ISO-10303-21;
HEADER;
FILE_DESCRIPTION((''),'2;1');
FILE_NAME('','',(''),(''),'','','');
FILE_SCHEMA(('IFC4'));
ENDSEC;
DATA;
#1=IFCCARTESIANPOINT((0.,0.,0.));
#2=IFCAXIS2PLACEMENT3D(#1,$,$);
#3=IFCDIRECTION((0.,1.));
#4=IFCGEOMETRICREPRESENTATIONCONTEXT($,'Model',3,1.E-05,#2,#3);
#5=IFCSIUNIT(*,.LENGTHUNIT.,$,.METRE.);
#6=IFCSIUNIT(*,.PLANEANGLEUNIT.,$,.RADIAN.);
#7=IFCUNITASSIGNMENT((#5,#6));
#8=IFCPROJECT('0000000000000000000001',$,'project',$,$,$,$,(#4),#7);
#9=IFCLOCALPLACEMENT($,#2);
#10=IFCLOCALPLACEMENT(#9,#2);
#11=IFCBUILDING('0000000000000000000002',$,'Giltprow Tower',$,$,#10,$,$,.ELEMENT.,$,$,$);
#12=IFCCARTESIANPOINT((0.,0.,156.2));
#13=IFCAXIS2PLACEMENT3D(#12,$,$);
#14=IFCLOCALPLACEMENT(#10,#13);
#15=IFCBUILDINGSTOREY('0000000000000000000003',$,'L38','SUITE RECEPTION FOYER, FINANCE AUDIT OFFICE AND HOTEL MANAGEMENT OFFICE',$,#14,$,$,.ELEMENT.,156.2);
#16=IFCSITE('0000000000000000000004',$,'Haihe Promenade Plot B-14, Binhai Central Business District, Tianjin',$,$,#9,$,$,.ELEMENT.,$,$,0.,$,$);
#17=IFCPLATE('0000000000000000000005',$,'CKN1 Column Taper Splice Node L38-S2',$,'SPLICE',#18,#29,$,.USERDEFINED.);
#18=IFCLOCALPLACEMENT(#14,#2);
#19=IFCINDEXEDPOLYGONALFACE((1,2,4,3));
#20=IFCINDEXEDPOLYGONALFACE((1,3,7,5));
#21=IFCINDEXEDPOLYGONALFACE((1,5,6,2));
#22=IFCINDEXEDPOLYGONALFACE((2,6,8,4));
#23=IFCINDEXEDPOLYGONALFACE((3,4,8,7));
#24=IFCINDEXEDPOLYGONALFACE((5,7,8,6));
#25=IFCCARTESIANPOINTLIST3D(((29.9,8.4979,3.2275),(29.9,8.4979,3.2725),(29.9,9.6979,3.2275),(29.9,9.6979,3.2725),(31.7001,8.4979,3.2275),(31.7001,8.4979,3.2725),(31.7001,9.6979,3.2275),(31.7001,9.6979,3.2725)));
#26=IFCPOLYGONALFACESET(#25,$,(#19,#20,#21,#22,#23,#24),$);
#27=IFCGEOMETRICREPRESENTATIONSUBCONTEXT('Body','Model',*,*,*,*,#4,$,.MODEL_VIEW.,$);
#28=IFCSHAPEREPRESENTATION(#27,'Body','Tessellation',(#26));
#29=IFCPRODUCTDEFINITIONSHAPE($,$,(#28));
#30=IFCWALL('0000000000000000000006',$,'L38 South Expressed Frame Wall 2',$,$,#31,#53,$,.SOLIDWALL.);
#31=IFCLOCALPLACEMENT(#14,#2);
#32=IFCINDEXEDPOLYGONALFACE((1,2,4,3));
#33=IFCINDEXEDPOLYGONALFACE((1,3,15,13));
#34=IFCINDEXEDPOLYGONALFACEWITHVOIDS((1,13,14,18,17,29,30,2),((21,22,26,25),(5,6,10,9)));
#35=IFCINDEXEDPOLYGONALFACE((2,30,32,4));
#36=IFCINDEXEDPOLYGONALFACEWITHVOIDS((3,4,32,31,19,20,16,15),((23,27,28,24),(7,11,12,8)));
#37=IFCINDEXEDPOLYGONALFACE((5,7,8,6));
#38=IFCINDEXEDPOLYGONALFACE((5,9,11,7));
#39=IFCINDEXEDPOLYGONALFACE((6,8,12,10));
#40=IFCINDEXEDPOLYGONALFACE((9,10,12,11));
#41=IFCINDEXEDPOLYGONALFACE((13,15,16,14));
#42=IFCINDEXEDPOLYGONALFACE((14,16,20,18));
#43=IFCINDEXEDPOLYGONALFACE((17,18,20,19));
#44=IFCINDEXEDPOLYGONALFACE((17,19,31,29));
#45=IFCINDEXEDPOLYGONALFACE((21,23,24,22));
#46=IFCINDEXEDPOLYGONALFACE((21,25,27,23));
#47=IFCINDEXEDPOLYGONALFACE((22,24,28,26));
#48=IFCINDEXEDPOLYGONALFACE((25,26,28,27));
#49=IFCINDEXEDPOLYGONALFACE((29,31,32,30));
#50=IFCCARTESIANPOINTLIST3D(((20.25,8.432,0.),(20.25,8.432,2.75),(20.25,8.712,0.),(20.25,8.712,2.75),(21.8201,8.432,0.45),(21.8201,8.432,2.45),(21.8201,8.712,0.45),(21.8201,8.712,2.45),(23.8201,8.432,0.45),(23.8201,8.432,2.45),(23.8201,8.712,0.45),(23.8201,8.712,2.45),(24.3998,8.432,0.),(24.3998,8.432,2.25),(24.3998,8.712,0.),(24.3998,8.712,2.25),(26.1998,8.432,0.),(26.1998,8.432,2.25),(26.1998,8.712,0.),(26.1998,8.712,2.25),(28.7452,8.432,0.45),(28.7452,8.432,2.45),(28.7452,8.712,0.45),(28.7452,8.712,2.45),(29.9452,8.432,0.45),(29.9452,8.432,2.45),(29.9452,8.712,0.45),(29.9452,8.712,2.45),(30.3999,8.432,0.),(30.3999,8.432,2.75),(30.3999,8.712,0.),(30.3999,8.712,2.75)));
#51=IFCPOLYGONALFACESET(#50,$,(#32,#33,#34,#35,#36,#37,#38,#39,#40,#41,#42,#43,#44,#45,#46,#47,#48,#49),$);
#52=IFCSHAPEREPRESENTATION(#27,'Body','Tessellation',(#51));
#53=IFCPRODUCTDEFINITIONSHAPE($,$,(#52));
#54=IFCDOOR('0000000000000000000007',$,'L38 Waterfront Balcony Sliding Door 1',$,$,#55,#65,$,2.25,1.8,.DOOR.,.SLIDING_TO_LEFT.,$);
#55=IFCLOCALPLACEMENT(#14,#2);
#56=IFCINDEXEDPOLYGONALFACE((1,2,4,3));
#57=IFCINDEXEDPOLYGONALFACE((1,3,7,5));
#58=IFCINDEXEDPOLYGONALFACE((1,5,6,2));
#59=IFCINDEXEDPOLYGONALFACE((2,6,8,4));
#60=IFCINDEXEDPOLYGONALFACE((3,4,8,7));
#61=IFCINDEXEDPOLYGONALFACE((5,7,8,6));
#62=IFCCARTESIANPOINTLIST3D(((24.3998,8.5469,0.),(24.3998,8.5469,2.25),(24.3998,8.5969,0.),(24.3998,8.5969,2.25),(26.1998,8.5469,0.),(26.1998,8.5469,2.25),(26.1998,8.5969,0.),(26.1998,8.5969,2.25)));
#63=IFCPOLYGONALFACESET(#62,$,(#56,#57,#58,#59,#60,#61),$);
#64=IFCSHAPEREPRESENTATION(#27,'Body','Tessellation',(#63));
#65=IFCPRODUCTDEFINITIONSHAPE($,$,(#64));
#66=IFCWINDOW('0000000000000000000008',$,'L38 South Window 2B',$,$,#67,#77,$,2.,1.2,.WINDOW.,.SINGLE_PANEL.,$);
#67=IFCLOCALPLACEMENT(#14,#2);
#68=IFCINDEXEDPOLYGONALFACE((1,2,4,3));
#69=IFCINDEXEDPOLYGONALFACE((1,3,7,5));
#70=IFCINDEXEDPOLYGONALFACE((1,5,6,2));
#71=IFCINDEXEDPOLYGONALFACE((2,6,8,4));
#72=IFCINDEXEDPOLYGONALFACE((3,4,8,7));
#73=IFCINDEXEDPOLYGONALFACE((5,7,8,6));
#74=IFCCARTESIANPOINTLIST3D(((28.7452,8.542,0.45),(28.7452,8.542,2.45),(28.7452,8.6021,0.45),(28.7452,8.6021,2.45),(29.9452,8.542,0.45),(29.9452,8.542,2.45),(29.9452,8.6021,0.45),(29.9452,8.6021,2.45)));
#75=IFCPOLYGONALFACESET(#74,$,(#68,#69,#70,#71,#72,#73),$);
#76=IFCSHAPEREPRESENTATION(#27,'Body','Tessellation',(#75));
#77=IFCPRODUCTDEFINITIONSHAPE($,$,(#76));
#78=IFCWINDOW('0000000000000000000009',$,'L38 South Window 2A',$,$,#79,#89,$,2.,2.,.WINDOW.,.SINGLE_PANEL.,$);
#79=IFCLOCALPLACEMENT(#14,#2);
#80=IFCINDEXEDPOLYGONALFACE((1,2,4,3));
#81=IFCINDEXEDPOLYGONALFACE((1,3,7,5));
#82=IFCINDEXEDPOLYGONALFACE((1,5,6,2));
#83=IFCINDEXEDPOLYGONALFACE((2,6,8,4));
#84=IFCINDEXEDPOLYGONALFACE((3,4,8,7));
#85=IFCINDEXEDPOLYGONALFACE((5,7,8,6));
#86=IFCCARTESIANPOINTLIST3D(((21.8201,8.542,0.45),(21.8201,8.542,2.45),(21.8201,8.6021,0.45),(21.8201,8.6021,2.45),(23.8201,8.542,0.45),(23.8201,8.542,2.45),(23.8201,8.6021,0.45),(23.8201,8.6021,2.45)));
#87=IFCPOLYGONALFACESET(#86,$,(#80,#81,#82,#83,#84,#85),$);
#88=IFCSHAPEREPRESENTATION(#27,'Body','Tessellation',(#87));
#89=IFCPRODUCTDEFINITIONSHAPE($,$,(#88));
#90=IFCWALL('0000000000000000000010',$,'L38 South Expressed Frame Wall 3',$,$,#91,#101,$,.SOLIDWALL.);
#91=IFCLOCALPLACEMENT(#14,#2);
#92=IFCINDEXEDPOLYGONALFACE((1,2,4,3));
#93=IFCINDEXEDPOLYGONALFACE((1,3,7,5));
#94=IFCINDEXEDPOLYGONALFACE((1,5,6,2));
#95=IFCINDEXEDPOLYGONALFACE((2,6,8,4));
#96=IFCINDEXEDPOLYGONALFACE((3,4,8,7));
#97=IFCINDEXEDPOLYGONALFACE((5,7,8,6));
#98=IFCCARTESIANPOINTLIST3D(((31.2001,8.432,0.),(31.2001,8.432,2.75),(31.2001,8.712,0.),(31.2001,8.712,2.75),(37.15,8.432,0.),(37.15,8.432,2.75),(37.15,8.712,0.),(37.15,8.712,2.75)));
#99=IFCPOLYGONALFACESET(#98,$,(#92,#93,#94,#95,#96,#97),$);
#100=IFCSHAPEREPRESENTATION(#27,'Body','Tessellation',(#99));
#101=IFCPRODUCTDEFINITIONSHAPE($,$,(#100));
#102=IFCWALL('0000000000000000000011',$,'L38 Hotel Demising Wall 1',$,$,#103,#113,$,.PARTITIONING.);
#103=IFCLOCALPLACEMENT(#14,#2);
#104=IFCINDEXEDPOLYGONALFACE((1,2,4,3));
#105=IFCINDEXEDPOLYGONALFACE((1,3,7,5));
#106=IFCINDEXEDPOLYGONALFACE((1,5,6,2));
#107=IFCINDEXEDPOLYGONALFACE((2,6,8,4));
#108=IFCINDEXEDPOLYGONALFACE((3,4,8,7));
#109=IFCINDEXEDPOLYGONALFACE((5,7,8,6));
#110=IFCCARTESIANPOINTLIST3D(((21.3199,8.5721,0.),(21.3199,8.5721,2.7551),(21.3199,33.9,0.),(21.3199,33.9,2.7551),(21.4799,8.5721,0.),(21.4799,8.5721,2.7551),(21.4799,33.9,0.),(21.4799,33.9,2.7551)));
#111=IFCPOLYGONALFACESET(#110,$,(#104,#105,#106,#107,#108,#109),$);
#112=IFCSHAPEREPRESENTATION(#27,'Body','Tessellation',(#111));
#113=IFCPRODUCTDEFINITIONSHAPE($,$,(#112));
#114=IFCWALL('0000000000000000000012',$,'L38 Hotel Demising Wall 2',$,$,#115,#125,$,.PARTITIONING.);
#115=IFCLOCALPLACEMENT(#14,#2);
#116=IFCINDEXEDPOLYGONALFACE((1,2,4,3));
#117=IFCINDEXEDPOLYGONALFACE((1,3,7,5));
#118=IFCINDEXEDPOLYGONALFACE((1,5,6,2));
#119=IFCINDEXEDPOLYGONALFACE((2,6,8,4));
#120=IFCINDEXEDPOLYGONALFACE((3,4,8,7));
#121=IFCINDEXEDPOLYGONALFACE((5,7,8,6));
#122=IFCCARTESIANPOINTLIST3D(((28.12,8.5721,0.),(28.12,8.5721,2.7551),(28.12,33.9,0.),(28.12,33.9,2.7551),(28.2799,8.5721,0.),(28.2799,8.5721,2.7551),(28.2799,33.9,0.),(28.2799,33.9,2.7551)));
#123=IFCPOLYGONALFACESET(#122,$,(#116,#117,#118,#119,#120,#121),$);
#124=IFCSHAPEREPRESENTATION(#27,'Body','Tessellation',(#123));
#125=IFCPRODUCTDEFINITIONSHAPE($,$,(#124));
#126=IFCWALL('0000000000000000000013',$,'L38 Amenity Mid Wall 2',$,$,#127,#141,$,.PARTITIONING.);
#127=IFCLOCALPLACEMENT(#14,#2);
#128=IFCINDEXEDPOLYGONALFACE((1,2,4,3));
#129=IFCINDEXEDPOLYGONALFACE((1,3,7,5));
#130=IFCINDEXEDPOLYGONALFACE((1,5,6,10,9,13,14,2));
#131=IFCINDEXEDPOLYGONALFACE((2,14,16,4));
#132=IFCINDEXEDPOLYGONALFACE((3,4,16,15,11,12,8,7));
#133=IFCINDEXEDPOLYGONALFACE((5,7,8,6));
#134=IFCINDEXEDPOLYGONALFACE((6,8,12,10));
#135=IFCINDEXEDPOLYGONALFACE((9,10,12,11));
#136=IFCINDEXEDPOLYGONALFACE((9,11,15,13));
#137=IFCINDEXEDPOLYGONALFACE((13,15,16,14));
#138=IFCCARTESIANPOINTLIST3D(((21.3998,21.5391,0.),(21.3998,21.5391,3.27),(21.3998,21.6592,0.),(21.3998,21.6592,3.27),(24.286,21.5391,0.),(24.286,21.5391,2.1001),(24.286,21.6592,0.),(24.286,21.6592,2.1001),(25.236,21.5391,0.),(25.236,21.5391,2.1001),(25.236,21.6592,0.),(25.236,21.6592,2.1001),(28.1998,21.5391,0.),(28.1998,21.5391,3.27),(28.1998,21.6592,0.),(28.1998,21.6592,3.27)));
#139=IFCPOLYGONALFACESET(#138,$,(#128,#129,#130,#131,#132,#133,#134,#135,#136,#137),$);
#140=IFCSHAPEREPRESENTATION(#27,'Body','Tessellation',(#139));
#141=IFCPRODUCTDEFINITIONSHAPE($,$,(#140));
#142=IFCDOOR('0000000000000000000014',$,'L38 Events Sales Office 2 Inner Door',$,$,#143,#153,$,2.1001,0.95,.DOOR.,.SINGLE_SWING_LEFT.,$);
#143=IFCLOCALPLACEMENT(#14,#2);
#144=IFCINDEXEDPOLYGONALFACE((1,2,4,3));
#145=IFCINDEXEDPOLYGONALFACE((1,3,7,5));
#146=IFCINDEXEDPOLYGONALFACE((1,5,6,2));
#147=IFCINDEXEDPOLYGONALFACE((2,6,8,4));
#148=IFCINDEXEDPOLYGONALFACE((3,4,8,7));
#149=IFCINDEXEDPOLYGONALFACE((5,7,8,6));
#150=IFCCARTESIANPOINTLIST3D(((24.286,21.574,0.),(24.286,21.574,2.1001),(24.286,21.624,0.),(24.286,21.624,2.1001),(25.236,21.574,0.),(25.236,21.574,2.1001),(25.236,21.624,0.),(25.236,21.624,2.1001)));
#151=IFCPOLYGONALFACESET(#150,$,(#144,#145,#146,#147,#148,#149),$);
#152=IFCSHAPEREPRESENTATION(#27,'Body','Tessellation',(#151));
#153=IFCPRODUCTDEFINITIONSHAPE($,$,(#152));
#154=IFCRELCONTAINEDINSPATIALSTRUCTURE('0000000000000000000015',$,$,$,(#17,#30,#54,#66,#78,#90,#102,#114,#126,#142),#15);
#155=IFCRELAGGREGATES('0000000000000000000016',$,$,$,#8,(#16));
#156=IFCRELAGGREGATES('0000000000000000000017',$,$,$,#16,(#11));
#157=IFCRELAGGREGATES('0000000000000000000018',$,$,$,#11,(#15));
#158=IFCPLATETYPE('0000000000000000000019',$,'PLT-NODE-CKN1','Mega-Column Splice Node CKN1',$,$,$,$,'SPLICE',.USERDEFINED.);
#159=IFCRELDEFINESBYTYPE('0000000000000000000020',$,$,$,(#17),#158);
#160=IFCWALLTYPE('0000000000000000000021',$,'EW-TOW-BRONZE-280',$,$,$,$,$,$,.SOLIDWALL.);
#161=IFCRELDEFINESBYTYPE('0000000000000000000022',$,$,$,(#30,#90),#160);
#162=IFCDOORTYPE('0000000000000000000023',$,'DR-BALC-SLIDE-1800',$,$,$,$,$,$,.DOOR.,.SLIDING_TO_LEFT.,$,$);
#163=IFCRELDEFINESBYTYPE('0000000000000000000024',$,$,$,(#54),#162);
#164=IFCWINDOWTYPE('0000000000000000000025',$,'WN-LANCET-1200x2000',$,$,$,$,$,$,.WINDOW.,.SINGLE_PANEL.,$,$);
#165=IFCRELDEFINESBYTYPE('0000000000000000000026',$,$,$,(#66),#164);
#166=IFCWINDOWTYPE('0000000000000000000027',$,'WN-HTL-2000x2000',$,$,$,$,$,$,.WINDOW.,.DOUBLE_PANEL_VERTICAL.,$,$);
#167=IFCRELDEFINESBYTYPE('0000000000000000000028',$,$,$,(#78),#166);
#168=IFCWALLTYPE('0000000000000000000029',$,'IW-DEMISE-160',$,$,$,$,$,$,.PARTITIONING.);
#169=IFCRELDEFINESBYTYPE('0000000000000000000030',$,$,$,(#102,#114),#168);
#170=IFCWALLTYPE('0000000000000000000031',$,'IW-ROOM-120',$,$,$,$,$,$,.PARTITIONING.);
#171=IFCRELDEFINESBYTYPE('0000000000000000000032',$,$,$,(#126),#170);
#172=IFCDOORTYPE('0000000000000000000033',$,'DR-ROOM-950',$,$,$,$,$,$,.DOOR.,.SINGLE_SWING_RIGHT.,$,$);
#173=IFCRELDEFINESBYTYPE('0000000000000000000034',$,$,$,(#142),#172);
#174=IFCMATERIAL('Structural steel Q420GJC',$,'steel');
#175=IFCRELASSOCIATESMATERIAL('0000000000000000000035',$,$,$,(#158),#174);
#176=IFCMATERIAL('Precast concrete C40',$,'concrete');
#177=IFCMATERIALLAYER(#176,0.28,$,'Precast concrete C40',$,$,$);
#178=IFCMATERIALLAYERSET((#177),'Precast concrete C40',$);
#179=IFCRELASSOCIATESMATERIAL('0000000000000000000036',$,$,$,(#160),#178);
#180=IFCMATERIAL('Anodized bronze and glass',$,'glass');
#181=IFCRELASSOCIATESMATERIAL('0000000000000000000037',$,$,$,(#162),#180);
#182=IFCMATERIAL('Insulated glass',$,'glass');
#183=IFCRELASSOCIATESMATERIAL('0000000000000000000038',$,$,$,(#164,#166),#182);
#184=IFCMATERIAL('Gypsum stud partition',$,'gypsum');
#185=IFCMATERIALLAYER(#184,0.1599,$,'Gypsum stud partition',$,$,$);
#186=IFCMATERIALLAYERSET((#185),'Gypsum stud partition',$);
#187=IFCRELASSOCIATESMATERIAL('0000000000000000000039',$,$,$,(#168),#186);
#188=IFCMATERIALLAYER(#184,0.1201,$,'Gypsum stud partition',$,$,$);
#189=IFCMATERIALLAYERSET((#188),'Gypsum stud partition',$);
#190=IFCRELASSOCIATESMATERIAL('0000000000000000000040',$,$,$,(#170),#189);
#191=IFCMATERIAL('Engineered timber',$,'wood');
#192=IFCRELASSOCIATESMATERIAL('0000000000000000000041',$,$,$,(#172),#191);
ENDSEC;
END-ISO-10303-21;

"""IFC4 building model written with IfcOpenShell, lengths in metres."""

from ifc_helpers import new_model, si_unit, direction, frame, frame_2d, origin, origin_2d, place, context, subcontext, project, spatial, rectangle, extrude, source, transform, mapped, material, layer, layer_set, type_object, element, fill, save


model = new_model("IFC4")

# Units and contexts
model_context = context("Model", 3, precision=1e-05, world=origin(), true_north=direction((0.0, 1.0)))
body_context = subcontext(model_context, "Body", "Model", "MODEL_VIEW")
ifc_project = project(units=[si_unit("LENGTHUNIT", "METRE"), si_unit("PLANEANGLEUNIT", "RADIAN")], contexts=[model_context])

# Site, building, storey
site_placement = place(None, origin())
site = spatial("IfcSite", under=ifc_project, at=site_placement, Name="Haihe Promenade Plot B-14, Binhai Central Business District, Tianjin", CompositionType="ELEMENT", RefElevation=0.0)
building_placement = place(site_placement, origin())
building = spatial("IfcBuilding", under=site, at=building_placement, Name="Giltprow Tower", CompositionType="ELEMENT")
storey_placement = place(building_placement, frame((0.0, 0.0, 156.2)))
storey = spatial("IfcBuildingStorey", under=building, at=storey_placement, Name="L38", Description="SUITE RECEPTION FOYER, FINANCE AUDIT OFFICE AND HOTEL MANAGEMENT OFFICE", CompositionType="ELEMENT", Elevation=156.2)

# Shared definitions
ifc_material_1 = material(Name="Structural steel Q420GJC", Category="steel")

# Plate
plate_type = type_object("IfcPlateType", Name="PLT-NODE-CKN1", Description="Mega-Column Splice Node CKN1", ElementType="SPLICE", PredefinedType="USERDEFINED", material=ifc_material_1)
shared_shape_1 = source(origin(), body_context, "Body", "SweptSolid", [
    extrude(rectangle(XDim=1.8, YDim=1.2, at=origin_2d()), origin(), (0.0, 0.0, 1.0), 0.0449),
])
plate_placement = place(storey_placement, frame((30.8, 9.0979, 3.2275), z_axis=(0.0, 0.0, 1.0), x_axis=(1.0, 0.0, 0.0)))
element("IfcPlate", 1, at=plate_placement, inside=storey, type_object=plate_type, Name="CKN1 Column Taper Splice Node L38-S2", ObjectType="SPLICE", PredefinedType="USERDEFINED", context=body_context, shape_type="MappedRepresentation", body=[
    mapped(shared_shape_1, transform((0.0, 0.0, 0.0), x_axis=(1.0, 0.0, 0.0), y_axis=(0.0, 1.0, 0.0), z_axis=(0.0, 0.0, 1.0), scale=1.0)),
])

# Wall, openings, door, windows
ifc_material_2 = material(Name="Precast concrete C40", Category="concrete")
ifc_layer_1 = layer(ifc_material_2, 0.28, Name="Precast concrete C40")
ifc_layer_set_1 = layer_set([ifc_layer_1], Name="Precast concrete C40")
wall_type_1 = type_object("IfcWallType", Name="EW-TOW-BRONZE-280", PredefinedType="SOLIDWALL", material=ifc_layer_set_1)
wall_1_placement = place(storey_placement, frame((20.25, 8.572, 0.0), z_axis=(0.0, 0.0, 1.0), x_axis=(1.0, 0.0, 0.0)))
wall_1 = element("IfcWall", 2, at=wall_1_placement, inside=storey, type_object=wall_type_1, Name="L38 South Expressed Frame Wall 2", PredefinedType="SOLIDWALL", context=body_context, shape_type="SweptSolid", body=[
    extrude(rectangle(XDim=10.1499, YDim=0.28, at=frame_2d((5.075, 0.0))), origin(), (0.0, 0.0, 1.0), 2.75),
])
opening_1_placement = place(wall_1_placement, frame((4.1499, 0.0, 0.0)))
opening_1 = element("IfcOpeningElement", 3, at=opening_1_placement, cuts=wall_1, PredefinedType="OPENING", context=body_context, shape_type="SweptSolid", body=[
    extrude(rectangle(XDim=1.8, YDim=2.25, at=frame_2d((0.8999, 1.125))), frame((0.0, 0.1499, 0.0), z_axis=(0.0, -1.0, 0.0), x_axis=(1.0, 0.0, 0.0)), (0.0, 0.0, 1.0), 0.3),
])
opening_2_placement = place(wall_1_placement, frame((1.5701, 0.0, 0.45)))
opening_2 = element("IfcOpeningElement", 4, at=opening_2_placement, cuts=wall_1, PredefinedType="OPENING", context=body_context, shape_type="SweptSolid", body=[
    extrude(rectangle(XDim=2.0, YDim=2.0, at=frame_2d((1.0, 1.0))), frame((0.0, 0.1499, 0.0), z_axis=(0.0, -1.0, 0.0), x_axis=(1.0, 0.0, 0.0)), (0.0, 0.0, 1.0), 0.3),
])
opening_3_placement = place(wall_1_placement, frame((8.4951, 0.0, 0.45)))
opening_3 = element("IfcOpeningElement", 5, at=opening_3_placement, cuts=wall_1, PredefinedType="OPENING", context=body_context, shape_type="SweptSolid", body=[
    extrude(rectangle(XDim=1.2, YDim=2.0, at=frame_2d((0.6001, 1.0))), frame((0.0, 0.1499, 0.0), z_axis=(0.0, -1.0, 0.0), x_axis=(1.0, 0.0, 0.0)), (0.0, 0.0, 1.0), 0.3),
])
ifc_material_3 = material(Name="Anodized bronze and glass", Category="glass")
door_type_1 = type_object("IfcDoorType", Name="DR-BALC-SLIDE-1800", OperationType="SLIDING_TO_LEFT", PredefinedType="DOOR", material=ifc_material_3)
shared_shape_2 = source(origin(), body_context, "Body", "SweptSolid", [
    extrude(rectangle(XDim=1.8, YDim=2.25, at=frame_2d((0.8999, 1.125))), frame((0.0, 0.0249, 0.0), z_axis=(0.0, -1.0, 0.0), x_axis=(1.0, 0.0, 0.0)), (0.0, 0.0, 1.0), 0.05),
])
door_1_placement = place(opening_1_placement, origin())
door_1 = element("IfcDoor", 6, at=door_1_placement, inside=storey, type_object=door_type_1, Name="L38 Waterfront Balcony Sliding Door 1", OperationType="SLIDING_TO_LEFT", OverallHeight=2.25, OverallWidth=1.8, PredefinedType="DOOR", context=body_context, shape_type="MappedRepresentation", body=[
    mapped(shared_shape_2, transform((0.0, 0.0, 0.0), x_axis=(1.0, 0.0, 0.0), y_axis=(0.0, 1.0, 0.0), z_axis=(0.0, 0.0, 1.0), scale=1.0)),
])
fill(opening_1, door_1)
ifc_material_4 = material(Name="Insulated glass", Category="glass")
window_type_1 = type_object("IfcWindowType", Name="WN-LANCET-1200x2000", PartitioningType="SINGLE_PANEL", PredefinedType="WINDOW", material=ifc_material_4)
shared_shape_3 = source(origin(), body_context, "Body", "SweptSolid", [
    extrude(rectangle(XDim=1.2, YDim=2.0, at=frame_2d((0.6001, 1.0))), frame((0.0, 0.03, 0.0), z_axis=(0.0, -1.0, 0.0), x_axis=(1.0, 0.0, 0.0)), (0.0, 0.0, 1.0), 0.0601),
])
window_1_placement = place(opening_3_placement, origin())
window_1 = element("IfcWindow", 7, at=window_1_placement, inside=storey, type_object=window_type_1, Name="L38 South Window 2B", OverallHeight=2.0, OverallWidth=1.2, PartitioningType="SINGLE_PANEL", PredefinedType="WINDOW", context=body_context, shape_type="MappedRepresentation", body=[
    mapped(shared_shape_3, transform((0.0, 0.0, 0.0), x_axis=(1.0, 0.0, 0.0), y_axis=(0.0, 1.0, 0.0), z_axis=(0.0, 0.0, 1.0), scale=1.0)),
])
fill(opening_3, window_1)
window_type_2 = type_object("IfcWindowType", Name="WN-HTL-2000x2000", PartitioningType="DOUBLE_PANEL_VERTICAL", PredefinedType="WINDOW", material=ifc_material_4)
shared_shape_4 = source(origin(), body_context, "Body", "SweptSolid", [
    extrude(rectangle(XDim=2.0, YDim=2.0, at=frame_2d((1.0, 1.0))), frame((0.0, 0.03, 0.0), z_axis=(0.0, -1.0, 0.0), x_axis=(1.0, 0.0, 0.0)), (0.0, 0.0, 1.0), 0.0601),
])
window_2_placement = place(opening_2_placement, origin())
window_2 = element("IfcWindow", 8, at=window_2_placement, inside=storey, type_object=window_type_2, Name="L38 South Window 2A", OverallHeight=2.0, OverallWidth=2.0, PartitioningType="SINGLE_PANEL", PredefinedType="WINDOW", context=body_context, shape_type="MappedRepresentation", body=[
    mapped(shared_shape_4, transform((0.0, 0.0, 0.0), x_axis=(1.0, 0.0, 0.0), y_axis=(0.0, 1.0, 0.0), z_axis=(0.0, 0.0, 1.0), scale=1.0)),
])
fill(opening_2, window_2)

# Walls
wall_2_placement = place(storey_placement, frame((31.2, 8.572, 0.0), z_axis=(0.0, 0.0, 1.0), x_axis=(1.0, 0.0, 0.0)))
element("IfcWall", 9, at=wall_2_placement, inside=storey, type_object=wall_type_1, Name="L38 South Expressed Frame Wall 3", PredefinedType="SOLIDWALL", context=body_context, shape_type="SweptSolid", body=[
    extrude(rectangle(XDim=5.95, YDim=0.28, at=frame_2d((2.9751, 0.0))), origin(), (0.0, 0.0, 1.0), 2.75),
])
ifc_material_5 = material(Name="Gypsum stud partition", Category="gypsum")
ifc_layer_2 = layer(ifc_material_5, 0.1599, Name="Gypsum stud partition")
ifc_layer_set_2 = layer_set([ifc_layer_2], Name="Gypsum stud partition")
wall_type_2 = type_object("IfcWallType", Name="IW-DEMISE-160", PredefinedType="PARTITIONING", material=ifc_layer_set_2)
for number, where, z_axis, x_axis, name in (
    (10, (21.3999, 8.572, 0.0), (0.0, 0.0, 1.0), (0.0, 1.0, 0.0), "L38 Hotel Demising Wall 1"),
    (11, (28.2, 8.572, 0.0), (0.0, 0.0, 1.0), (0.0, 1.0, 0.0), "L38 Hotel Demising Wall 2"),
):
    element("IfcWall", number, at=place(storey_placement, frame(where, z_axis=z_axis, x_axis=x_axis)), inside=storey, type_object=wall_type_2, Name=name, PredefinedType="PARTITIONING", context=body_context, shape_type="SweptSolid", body=[
        extrude(rectangle(XDim=25.3279, YDim=0.1599, at=frame_2d((12.6641, 0.0))), origin(), (0.0, 0.0, 1.0), 2.7551),
    ])

# Wall, opening, door
ifc_layer_3 = layer(ifc_material_5, 0.1201, Name="Gypsum stud partition")
ifc_layer_set_3 = layer_set([ifc_layer_3], Name="Gypsum stud partition")
wall_type_3 = type_object("IfcWallType", Name="IW-ROOM-120", PredefinedType="PARTITIONING", material=ifc_layer_set_3)
wall_3_placement = place(storey_placement, frame((21.3999, 21.5991, 0.0), z_axis=(0.0, 0.0, 1.0), x_axis=(1.0, 0.0, 0.0)))
wall_3 = element("IfcWall", 12, at=wall_3_placement, inside=storey, type_object=wall_type_3, Name="L38 Amenity Mid Wall 2", PredefinedType="PARTITIONING", context=body_context, shape_type="SweptSolid", body=[
    extrude(rectangle(XDim=6.8, YDim=0.1201, at=frame_2d((3.3999, 0.0))), origin(), (0.0, 0.0, 1.0), 3.27),
])
opening_4_placement = place(wall_3_placement, frame((2.886, 0.0, 0.0)))
opening_4 = element("IfcOpeningElement", 13, at=opening_4_placement, cuts=wall_3, PredefinedType="OPENING", context=body_context, shape_type="SweptSolid", body=[
    extrude(rectangle(XDim=0.95, YDim=2.1001, at=frame_2d((0.4751, 1.05))), frame((0.0, 0.0701, 0.0), z_axis=(0.0, -1.0, 0.0), x_axis=(1.0, 0.0, 0.0)), (0.0, 0.0, 1.0), 0.1401),
])
ifc_material_6 = material(Name="Engineered timber", Category="wood")
door_type_2 = type_object("IfcDoorType", Name="DR-ROOM-950", OperationType="SINGLE_SWING_RIGHT", PredefinedType="DOOR", material=ifc_material_6)
shared_shape_5 = source(origin(), body_context, "Body", "SweptSolid", [
    extrude(rectangle(XDim=0.95, YDim=2.1001, at=frame_2d((0.4751, 1.05))), frame((0.0, 0.0249, 0.0), z_axis=(0.0, -1.0, 0.0), x_axis=(1.0, 0.0, 0.0)), (0.0, 0.0, 1.0), 0.05),
])
door_2_placement = place(opening_4_placement, origin())
door_2 = element("IfcDoor", 14, at=door_2_placement, inside=storey, type_object=door_type_2, Name="L38 Events Sales Office 2 Inner Door", OperationType="SINGLE_SWING_LEFT", OverallHeight=2.1001, OverallWidth=0.95, PredefinedType="DOOR", context=body_context, shape_type="MappedRepresentation", body=[
    mapped(shared_shape_5, transform((0.0, 0.0, 0.0), x_axis=(1.0, 0.0, 0.0), y_axis=(0.0, 1.0, 0.0), z_axis=(0.0, 0.0, 1.0), scale=1.0)),
])
fill(opening_4, door_2)

save(model, "model.ifc")
